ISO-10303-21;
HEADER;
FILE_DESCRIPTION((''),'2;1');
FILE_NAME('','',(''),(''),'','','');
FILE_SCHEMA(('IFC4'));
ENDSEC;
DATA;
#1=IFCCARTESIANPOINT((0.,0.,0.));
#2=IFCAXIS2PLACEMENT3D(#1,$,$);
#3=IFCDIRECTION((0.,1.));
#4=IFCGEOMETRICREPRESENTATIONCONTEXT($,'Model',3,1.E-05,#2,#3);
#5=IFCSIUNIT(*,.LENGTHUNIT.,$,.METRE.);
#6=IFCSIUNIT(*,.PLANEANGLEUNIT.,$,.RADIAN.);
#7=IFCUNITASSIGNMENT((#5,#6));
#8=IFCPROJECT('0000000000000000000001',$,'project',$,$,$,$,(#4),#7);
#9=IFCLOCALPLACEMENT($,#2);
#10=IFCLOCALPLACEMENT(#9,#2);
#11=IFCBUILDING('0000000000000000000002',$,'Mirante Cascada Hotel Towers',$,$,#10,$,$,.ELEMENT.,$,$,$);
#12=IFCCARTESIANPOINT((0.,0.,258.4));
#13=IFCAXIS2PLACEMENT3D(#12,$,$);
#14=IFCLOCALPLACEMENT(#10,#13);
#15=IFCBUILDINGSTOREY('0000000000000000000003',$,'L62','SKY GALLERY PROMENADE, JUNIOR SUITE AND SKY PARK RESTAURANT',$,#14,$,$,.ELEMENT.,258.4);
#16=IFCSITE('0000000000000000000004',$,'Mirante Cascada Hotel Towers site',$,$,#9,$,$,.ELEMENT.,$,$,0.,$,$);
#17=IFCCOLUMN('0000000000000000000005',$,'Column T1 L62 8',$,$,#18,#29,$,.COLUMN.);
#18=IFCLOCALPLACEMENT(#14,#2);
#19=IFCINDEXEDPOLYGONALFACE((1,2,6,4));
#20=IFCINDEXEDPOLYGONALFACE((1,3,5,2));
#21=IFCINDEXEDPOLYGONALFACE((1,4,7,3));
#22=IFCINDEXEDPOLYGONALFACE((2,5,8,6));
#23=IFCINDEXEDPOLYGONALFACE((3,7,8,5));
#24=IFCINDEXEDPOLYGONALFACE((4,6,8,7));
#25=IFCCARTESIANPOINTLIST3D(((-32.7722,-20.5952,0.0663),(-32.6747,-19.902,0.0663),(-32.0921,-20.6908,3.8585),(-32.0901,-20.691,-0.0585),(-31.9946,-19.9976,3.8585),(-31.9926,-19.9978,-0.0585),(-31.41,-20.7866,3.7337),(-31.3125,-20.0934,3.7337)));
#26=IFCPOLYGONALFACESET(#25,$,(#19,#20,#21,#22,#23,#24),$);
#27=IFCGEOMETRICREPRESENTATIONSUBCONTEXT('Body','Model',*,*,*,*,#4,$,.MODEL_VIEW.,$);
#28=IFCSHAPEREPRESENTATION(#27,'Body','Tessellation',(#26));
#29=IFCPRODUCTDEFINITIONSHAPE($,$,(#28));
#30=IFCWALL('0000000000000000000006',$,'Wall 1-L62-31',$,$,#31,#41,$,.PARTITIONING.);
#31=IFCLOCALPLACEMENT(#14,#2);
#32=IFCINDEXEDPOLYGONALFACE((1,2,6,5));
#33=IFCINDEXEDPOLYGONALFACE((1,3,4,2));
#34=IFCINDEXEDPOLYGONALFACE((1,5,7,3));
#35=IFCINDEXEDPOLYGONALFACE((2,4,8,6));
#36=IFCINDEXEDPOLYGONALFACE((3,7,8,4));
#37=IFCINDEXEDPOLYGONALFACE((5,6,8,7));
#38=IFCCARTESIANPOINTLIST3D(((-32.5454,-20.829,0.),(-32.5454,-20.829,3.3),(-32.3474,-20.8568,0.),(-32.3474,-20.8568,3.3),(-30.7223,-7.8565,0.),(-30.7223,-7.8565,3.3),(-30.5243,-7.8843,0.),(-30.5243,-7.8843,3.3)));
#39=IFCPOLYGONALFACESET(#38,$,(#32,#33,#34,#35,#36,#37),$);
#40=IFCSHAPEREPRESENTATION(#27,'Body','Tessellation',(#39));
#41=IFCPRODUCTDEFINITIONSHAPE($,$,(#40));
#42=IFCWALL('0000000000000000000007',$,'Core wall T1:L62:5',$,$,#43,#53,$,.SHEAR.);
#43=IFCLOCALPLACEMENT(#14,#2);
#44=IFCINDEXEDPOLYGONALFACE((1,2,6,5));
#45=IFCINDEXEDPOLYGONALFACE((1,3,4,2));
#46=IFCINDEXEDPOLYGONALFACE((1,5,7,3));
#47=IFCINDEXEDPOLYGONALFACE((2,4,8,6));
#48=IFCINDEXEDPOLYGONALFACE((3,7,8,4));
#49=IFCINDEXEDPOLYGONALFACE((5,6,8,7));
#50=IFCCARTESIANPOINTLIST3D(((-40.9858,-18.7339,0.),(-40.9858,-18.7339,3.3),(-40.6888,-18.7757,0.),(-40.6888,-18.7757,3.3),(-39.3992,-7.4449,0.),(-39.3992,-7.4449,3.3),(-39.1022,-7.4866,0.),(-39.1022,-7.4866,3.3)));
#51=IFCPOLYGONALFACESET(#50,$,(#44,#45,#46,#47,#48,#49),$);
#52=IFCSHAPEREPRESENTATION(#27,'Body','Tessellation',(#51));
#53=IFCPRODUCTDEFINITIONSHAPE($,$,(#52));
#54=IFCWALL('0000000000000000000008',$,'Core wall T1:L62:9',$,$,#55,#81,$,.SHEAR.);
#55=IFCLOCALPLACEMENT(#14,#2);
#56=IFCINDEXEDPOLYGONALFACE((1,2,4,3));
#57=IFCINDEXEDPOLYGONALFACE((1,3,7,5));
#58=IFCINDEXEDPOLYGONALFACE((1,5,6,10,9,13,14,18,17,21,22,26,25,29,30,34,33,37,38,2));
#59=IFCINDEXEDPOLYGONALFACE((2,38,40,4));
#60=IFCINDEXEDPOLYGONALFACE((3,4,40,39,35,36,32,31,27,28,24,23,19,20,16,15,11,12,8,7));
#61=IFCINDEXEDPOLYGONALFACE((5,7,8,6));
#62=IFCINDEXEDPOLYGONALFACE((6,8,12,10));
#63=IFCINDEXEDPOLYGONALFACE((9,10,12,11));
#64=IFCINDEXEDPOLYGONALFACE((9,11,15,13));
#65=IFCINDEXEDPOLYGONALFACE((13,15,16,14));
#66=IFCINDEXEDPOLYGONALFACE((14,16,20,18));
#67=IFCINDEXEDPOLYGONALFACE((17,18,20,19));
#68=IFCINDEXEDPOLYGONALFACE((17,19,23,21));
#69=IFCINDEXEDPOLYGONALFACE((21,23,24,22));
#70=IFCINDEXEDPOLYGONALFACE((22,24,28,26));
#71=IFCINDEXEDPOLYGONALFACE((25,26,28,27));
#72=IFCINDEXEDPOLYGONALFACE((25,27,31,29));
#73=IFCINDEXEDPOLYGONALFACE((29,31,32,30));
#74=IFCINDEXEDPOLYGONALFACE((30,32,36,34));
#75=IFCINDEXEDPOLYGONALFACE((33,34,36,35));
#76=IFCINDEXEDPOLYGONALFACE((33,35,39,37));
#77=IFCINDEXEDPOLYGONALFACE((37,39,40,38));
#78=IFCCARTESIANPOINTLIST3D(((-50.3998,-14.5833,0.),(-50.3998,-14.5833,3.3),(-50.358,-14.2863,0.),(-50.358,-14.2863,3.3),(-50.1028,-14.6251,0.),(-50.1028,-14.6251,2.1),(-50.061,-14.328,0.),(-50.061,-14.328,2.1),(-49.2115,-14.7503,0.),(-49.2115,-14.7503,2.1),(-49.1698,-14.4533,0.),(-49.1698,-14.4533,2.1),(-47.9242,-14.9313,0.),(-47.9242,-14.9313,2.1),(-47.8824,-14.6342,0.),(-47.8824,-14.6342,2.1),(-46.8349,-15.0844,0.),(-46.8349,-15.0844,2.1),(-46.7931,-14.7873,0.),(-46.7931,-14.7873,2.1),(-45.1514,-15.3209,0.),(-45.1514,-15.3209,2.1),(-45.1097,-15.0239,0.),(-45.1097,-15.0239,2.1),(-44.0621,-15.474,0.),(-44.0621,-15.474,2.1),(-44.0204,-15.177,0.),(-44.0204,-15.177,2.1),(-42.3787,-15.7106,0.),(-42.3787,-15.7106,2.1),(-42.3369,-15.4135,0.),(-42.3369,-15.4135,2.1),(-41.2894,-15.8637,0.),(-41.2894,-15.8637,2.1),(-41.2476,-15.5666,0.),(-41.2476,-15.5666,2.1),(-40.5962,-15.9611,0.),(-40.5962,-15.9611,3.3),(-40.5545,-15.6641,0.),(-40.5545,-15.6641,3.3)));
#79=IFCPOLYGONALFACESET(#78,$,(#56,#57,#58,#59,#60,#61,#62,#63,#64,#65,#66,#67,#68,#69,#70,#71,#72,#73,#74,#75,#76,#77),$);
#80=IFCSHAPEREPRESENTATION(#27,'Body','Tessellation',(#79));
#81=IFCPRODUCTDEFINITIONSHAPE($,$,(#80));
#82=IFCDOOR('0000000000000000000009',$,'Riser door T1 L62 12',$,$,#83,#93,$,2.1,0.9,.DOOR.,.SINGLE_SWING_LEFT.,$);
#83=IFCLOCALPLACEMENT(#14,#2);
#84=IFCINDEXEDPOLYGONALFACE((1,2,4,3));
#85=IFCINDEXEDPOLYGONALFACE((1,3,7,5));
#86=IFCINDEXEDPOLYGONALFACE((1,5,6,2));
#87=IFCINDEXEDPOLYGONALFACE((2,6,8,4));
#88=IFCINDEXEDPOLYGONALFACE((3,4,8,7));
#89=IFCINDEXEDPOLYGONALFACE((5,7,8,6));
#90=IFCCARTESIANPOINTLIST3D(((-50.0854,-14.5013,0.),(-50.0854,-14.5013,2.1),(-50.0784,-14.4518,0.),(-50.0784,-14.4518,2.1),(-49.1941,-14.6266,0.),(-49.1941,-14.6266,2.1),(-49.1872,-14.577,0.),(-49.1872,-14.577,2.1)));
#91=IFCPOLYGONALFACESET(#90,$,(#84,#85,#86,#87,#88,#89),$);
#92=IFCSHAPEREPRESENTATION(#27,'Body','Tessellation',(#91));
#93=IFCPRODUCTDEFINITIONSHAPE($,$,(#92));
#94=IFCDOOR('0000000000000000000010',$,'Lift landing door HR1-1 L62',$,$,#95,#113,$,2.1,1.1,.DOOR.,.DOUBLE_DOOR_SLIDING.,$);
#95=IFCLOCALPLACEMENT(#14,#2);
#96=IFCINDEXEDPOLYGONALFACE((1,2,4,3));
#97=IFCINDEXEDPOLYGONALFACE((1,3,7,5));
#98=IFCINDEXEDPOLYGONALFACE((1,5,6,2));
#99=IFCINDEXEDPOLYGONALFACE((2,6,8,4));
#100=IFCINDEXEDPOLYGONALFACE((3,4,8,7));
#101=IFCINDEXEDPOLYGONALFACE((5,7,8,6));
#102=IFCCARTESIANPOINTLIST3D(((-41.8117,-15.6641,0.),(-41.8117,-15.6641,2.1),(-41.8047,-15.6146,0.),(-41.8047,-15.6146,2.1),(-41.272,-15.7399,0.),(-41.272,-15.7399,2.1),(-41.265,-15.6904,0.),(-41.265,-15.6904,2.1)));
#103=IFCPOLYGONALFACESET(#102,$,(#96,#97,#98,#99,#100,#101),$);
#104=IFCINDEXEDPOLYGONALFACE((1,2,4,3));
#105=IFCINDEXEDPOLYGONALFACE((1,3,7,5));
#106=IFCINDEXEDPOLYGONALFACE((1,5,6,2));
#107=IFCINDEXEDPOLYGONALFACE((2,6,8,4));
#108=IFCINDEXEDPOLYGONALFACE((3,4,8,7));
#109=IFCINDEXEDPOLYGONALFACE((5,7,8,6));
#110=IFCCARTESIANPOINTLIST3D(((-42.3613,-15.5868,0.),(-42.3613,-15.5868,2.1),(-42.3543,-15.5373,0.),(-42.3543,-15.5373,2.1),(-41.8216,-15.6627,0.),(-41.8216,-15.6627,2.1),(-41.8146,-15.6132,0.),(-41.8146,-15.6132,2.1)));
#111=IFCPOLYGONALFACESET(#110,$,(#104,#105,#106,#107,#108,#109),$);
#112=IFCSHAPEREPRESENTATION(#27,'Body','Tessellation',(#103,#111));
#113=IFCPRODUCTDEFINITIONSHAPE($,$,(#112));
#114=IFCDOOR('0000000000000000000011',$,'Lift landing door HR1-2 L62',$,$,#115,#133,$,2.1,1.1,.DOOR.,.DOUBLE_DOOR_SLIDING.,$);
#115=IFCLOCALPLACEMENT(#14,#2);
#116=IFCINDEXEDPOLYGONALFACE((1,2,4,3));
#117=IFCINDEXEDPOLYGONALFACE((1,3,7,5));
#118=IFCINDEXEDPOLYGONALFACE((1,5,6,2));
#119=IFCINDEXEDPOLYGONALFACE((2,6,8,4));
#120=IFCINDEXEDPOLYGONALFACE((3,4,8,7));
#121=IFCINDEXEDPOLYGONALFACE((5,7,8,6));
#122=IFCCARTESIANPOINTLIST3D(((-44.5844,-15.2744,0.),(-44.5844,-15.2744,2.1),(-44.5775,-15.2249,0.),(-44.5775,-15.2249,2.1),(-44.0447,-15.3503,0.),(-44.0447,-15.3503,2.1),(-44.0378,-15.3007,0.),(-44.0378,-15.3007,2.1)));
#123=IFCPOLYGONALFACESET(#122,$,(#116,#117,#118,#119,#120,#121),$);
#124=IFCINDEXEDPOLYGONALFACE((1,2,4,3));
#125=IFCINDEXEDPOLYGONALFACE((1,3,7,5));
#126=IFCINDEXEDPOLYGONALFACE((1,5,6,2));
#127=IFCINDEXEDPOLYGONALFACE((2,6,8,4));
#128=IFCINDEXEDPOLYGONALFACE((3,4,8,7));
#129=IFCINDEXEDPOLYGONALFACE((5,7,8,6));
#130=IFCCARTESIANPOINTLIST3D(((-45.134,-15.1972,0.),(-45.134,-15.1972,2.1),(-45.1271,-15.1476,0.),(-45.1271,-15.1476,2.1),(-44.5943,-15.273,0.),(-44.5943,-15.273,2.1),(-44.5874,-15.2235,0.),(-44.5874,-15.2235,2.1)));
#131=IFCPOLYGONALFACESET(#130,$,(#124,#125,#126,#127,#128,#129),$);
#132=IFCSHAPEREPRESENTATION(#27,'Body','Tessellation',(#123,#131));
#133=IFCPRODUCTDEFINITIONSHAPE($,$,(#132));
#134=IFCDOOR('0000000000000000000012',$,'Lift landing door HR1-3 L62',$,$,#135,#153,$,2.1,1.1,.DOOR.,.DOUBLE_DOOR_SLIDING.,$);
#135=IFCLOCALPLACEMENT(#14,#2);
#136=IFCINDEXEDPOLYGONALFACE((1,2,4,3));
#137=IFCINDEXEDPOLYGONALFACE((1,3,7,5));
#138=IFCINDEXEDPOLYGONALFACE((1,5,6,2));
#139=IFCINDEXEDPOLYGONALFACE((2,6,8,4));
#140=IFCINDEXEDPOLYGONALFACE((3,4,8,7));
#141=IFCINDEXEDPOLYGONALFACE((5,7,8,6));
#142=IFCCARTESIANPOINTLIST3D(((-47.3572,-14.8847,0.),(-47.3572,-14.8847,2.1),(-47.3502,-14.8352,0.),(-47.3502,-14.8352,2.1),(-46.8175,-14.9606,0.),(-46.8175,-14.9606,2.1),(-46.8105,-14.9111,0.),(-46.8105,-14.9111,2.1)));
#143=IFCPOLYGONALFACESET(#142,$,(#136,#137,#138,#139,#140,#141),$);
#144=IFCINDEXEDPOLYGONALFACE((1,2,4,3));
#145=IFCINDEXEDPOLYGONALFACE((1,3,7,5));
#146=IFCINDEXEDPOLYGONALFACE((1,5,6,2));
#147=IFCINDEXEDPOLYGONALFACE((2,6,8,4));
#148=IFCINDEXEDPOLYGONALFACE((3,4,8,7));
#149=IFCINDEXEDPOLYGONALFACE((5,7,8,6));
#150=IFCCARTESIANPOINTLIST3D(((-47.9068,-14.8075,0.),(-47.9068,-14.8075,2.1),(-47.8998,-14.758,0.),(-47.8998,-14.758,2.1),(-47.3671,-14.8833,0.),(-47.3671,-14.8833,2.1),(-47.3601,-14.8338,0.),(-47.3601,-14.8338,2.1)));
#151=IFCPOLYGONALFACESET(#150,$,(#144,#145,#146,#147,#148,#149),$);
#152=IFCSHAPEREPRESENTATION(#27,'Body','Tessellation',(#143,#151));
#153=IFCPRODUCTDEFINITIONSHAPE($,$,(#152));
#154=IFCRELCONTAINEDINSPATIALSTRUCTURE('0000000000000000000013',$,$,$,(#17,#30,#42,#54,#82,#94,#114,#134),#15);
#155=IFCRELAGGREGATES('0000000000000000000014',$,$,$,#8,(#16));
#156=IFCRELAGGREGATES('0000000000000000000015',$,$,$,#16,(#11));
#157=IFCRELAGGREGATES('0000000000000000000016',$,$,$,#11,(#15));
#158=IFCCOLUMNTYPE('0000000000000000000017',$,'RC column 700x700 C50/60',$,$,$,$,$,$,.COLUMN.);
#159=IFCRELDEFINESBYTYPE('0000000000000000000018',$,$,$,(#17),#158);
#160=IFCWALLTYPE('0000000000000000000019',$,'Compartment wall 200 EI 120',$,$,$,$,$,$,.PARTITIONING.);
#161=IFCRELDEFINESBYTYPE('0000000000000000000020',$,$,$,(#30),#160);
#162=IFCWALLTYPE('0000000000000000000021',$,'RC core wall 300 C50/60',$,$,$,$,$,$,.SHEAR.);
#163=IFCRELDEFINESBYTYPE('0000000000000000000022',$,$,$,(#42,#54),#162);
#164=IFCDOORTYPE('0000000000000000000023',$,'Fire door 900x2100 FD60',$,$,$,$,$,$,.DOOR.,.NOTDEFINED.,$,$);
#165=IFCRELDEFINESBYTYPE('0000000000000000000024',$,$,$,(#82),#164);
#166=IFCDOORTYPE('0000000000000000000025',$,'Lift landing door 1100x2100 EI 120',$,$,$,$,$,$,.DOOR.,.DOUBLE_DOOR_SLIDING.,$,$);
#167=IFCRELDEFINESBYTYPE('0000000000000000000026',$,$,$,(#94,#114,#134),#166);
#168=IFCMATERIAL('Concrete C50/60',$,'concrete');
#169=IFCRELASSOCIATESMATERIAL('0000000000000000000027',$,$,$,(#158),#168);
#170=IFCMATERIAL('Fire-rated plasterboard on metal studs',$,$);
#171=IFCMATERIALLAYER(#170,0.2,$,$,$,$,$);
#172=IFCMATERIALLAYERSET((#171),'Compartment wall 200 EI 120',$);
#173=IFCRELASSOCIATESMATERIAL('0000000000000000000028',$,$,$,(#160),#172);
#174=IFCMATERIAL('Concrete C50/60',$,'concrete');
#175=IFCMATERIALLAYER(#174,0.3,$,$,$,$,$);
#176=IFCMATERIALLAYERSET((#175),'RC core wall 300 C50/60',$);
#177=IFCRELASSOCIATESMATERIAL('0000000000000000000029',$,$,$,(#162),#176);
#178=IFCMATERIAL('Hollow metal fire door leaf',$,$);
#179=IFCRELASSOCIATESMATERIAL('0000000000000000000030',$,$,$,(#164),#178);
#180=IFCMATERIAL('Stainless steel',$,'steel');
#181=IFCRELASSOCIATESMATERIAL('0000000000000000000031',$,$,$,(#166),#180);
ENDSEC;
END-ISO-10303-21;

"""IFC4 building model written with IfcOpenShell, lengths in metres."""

from ifc_helpers import new_model, si_unit, direction, frame, frame_2d, origin, origin_2d, place, context, subcontext, project, spatial, rectangle, extrude, material, layer, layer_set, material_profile, profile_set, type_object, element, fill, save


model = new_model("IFC4")

# Units and contexts
model_context = context("Model", 3, precision=1e-05, world=origin(), true_north=direction((0.0, 1.0)))
body_context = subcontext(model_context, "Body", "Model", "MODEL_VIEW")
ifc_project = project(units=[si_unit("LENGTHUNIT", "METRE"), si_unit("PLANEANGLEUNIT", "RADIAN")], contexts=[model_context])

# Site, building, storey
site_placement = place(None, origin())
site = spatial("IfcSite", under=ifc_project, at=site_placement, Name="Mirante Cascada Hotel Towers site", CompositionType="ELEMENT", RefElevation=0.0)
building_placement = place(site_placement, origin())
building = spatial("IfcBuilding", under=site, at=building_placement, Name="Mirante Cascada Hotel Towers", CompositionType="ELEMENT")
storey_placement = place(building_placement, frame((0.0, 0.0, 258.4)))
storey = spatial("IfcBuildingStorey", under=building, at=storey_placement, Name="L62", Description="SKY GALLERY PROMENADE, JUNIOR SUITE AND SKY PARK RESTAURANT", CompositionType="ELEMENT", Elevation=258.4)

# Column
ifc_material_1 = material(Name="Concrete C50/60", Category="concrete")
ifc_material_profile = material_profile(ifc_material_1, rectangle(XDim=0.7, YDim=0.7, at=origin_2d()), Name="RC column 700x700 C50/60")
ifc_profile_set = profile_set([ifc_material_profile], Name="Concrete C50/60")
column_type = type_object("IfcColumnType", Name="RC column 700x700 C50/60", PredefinedType="COLUMN", material=ifc_profile_set)
column_placement = place(storey_placement, frame((-32.3824, -20.2965, 0.0039), z_axis=(0.176471, -0.024806, 0.983993), x_axis=(0.139199, 0.990264, 0.0)))
element("IfcColumn", 1, at=column_placement, inside=storey, type_object=column_type, Name="Column T1 L62 8", PredefinedType="COLUMN", context=body_context, shape_type="SweptSolid", body=[
    extrude(rectangle(XDim=0.7, YDim=0.7, at=origin_2d()), origin(), (0.0, 0.0, 1.0), 3.8539),
])

# Walls
ifc_material_2 = material(Name="Fire-rated plasterboard on metal studs")
ifc_layer_1 = layer(ifc_material_2, 0.2)
ifc_layer_set_1 = layer_set([ifc_layer_1], Name="Compartment wall 200 EI 120")
wall_type_1 = type_object("IfcWallType", Name="Compartment wall 200 EI 120", PredefinedType="PARTITIONING", material=ifc_layer_set_1)
wall_1_placement = place(storey_placement, frame((-32.4464, -20.8429, 0.0), z_axis=(0.0, 0.0, 1.0), x_axis=(0.139168, 0.990269, 0.0)))
element("IfcWall", 2, at=wall_1_placement, inside=storey, type_object=wall_type_1, Name="Wall 1-L62-31", PredefinedType="PARTITIONING", context=body_context, shape_type="SweptSolid", body=[
    extrude(rectangle(XDim=13.1, YDim=0.2, at=frame_2d((6.55, 0.0))), origin(), (0.0, 0.0, 1.0), 3.3),
])
ifc_material_3 = material(Name="Concrete C50/60", Category="concrete")
ifc_layer_2 = layer(ifc_material_3, 0.3)
ifc_layer_set_2 = layer_set([ifc_layer_2], Name="RC core wall 300 C50/60")
wall_type_2 = type_object("IfcWallType", Name="RC core wall 300 C50/60", PredefinedType="SHEAR", material=ifc_layer_set_2)
wall_2_placement = place(storey_placement, frame((-40.8373, -18.7548, 0.0), z_axis=(0.0, 0.0, 1.0), x_axis=(0.139175, 0.990268, 0.0)))
element("IfcWall", 3, at=wall_2_placement, inside=storey, type_object=wall_type_2, Name="Core wall T1:L62:5", PredefinedType="SHEAR", context=body_context, shape_type="SweptSolid", body=[
    extrude(rectangle(XDim=11.4, YDim=0.3, at=frame_2d((5.7, 0.0))), origin(), (0.0, 0.0, 1.0), 3.3),
])

# Wall, openings, doors
wall_3_placement = place(storey_placement, frame((-40.5753, -15.8126, 0.0), z_axis=(0.0, 0.0, 1.0), x_axis=(-0.990268, 0.139173, 0.0)))
wall_3 = element("IfcWall", 4, at=wall_3_placement, inside=storey, type_object=wall_type_2, Name="Core wall T1:L62:9", PredefinedType="SHEAR", context=body_context, shape_type="SweptSolid", body=[
    extrude(rectangle(XDim=9.8999, YDim=0.3, at=frame_2d((4.95, 0.0))), origin(), (0.0, 0.0, 1.0), 3.3),
])
opening_1_placement = place(wall_3_placement, frame((0.7, 0.0, 0.0)))
opening_1 = element("IfcOpeningElement", 5, at=opening_1_placement, cuts=wall_3, PredefinedType="OPENING", context=body_context, shape_type="SweptSolid", body=[
    extrude(rectangle(XDim=1.1, YDim=2.1, at=frame_2d((0.55, 1.05))), frame((0.0, 0.15, 0.0), z_axis=(0.0, -1.0, 0.0), x_axis=(1.0, 0.0, 0.0)), (0.0, 0.0, 1.0), 0.3),
])
opening_2_placement = place(wall_3_placement, frame((3.5, 0.0, 0.0)))
opening_2 = element("IfcOpeningElement", 6, at=opening_2_placement, cuts=wall_3, PredefinedType="OPENING", context=body_context, shape_type="SweptSolid", body=[
    extrude(rectangle(XDim=1.1, YDim=2.1, at=frame_2d((0.55, 1.05))), frame((0.0, 0.15, 0.0), z_axis=(0.0, -1.0, 0.0), x_axis=(1.0, 0.0, 0.0)), (0.0, 0.0, 1.0), 0.3),
])
opening_3_placement = place(wall_3_placement, frame((6.3, 0.0, 0.0)))
opening_3 = element("IfcOpeningElement", 7, at=opening_3_placement, cuts=wall_3, PredefinedType="OPENING", context=body_context, shape_type="SweptSolid", body=[
    extrude(rectangle(XDim=1.1, YDim=2.1, at=frame_2d((0.55, 1.05))), frame((0.0, 0.15, 0.0), z_axis=(0.0, -1.0, 0.0), x_axis=(1.0, 0.0, 0.0)), (0.0, 0.0, 1.0), 0.3),
])
opening_4_placement = place(wall_3_placement, frame((8.7, 0.0, 0.0)))
opening_4 = element("IfcOpeningElement", 8, at=opening_4_placement, cuts=wall_3, PredefinedType="OPENING", context=body_context, shape_type="SweptSolid", body=[
    extrude(rectangle(XDim=0.9, YDim=2.1, at=frame_2d((0.45, 1.05))), frame((0.0, 0.15, 0.0), z_axis=(0.0, -1.0, 0.0), x_axis=(1.0, 0.0, 0.0)), (0.0, 0.0, 1.0), 0.3),
])
ifc_material_4 = material(Name="Hollow metal fire door leaf")
door_type_1 = type_object("IfcDoorType", Name="Fire door 900x2100 FD60", OperationType="NOTDEFINED", PredefinedType="DOOR", material=ifc_material_4)
door_1_placement = place(opening_4_placement, origin())
door_1 = element("IfcDoor", 9, at=door_1_placement, inside=storey, type_object=door_type_1, Name="Riser door T1 L62 12", OperationType="SINGLE_SWING_LEFT", OverallHeight=2.1, OverallWidth=0.9, PredefinedType="DOOR", context=body_context, shape_type="SweptSolid", body=[
    extrude(rectangle(XDim=0.9, YDim=2.1, at=frame_2d((0.45, 1.05))), frame((0.0, 0.025, 0.0), z_axis=(0.0, -1.0, 0.0), x_axis=(1.0, 0.0, 0.0)), (0.0, 0.0, 1.0), 0.05),
])
fill(opening_4, door_1)
ifc_material_5 = material(Name="Stainless steel", Category="steel")
door_type_2 = type_object("IfcDoorType", Name="Lift landing door 1100x2100 EI 120", OperationType="DOUBLE_DOOR_SLIDING", PredefinedType="DOOR", material=ifc_material_5)
door_2_placement = place(opening_1_placement, origin())
door_2 = element("IfcDoor", 10, at=door_2_placement, inside=storey, type_object=door_type_2, Name="Lift landing door HR1-1 L62", OperationType="DOUBLE_DOOR_SLIDING", OverallHeight=2.1, OverallWidth=1.1, PredefinedType="DOOR", context=body_context, shape_type="SweptSolid", body=[
    extrude(rectangle(XDim=0.545, YDim=2.1, at=frame_2d((0.2725, 1.05))), frame((0.0, 0.025, 0.0), z_axis=(0.0, -1.0, 0.0), x_axis=(1.0, 0.0, 0.0)), (0.0, 0.0, 1.0), 0.05),
    extrude(rectangle(XDim=0.545, YDim=2.1, at=frame_2d((0.8275, 1.05))), frame((0.0, 0.025, 0.0), z_axis=(0.0, -1.0, 0.0), x_axis=(1.0, 0.0, 0.0)), (0.0, 0.0, 1.0), 0.05),
])
fill(opening_1, door_2)
door_3_placement = place(opening_2_placement, origin())
door_3 = element("IfcDoor", 11, at=door_3_placement, inside=storey, type_object=door_type_2, Name="Lift landing door HR1-2 L62", OperationType="DOUBLE_DOOR_SLIDING", OverallHeight=2.1, OverallWidth=1.1, PredefinedType="DOOR", context=body_context, shape_type="SweptSolid", body=[
    extrude(rectangle(XDim=0.545, YDim=2.1, at=frame_2d((0.2725, 1.05))), frame((0.0, 0.025, 0.0), z_axis=(0.0, -1.0, 0.0), x_axis=(1.0, 0.0, 0.0)), (0.0, 0.0, 1.0), 0.05),
    extrude(rectangle(XDim=0.545, YDim=2.1, at=frame_2d((0.8275, 1.05))), frame((0.0, 0.025, 0.0), z_axis=(0.0, -1.0, 0.0), x_axis=(1.0, 0.0, 0.0)), (0.0, 0.0, 1.0), 0.05),
])
fill(opening_2, door_3)
door_4_placement = place(opening_3_placement, origin())
door_4 = element("IfcDoor", 12, at=door_4_placement, inside=storey, type_object=door_type_2, Name="Lift landing door HR1-3 L62", OperationType="DOUBLE_DOOR_SLIDING", OverallHeight=2.1, OverallWidth=1.1, PredefinedType="DOOR", context=body_context, shape_type="SweptSolid", body=[
    extrude(rectangle(XDim=0.545, YDim=2.1, at=frame_2d((0.2725, 1.05))), frame((0.0, 0.025, 0.0), z_axis=(0.0, -1.0, 0.0), x_axis=(1.0, 0.0, 0.0)), (0.0, 0.0, 1.0), 0.05),
    extrude(rectangle(XDim=0.545, YDim=2.1, at=frame_2d((0.8275, 1.05))), frame((0.0, 0.025, 0.0), z_axis=(0.0, -1.0, 0.0), x_axis=(1.0, 0.0, 0.0)), (0.0, 0.0, 1.0), 0.05),
])
fill(opening_3, door_4)

save(model, "model.ifc")
